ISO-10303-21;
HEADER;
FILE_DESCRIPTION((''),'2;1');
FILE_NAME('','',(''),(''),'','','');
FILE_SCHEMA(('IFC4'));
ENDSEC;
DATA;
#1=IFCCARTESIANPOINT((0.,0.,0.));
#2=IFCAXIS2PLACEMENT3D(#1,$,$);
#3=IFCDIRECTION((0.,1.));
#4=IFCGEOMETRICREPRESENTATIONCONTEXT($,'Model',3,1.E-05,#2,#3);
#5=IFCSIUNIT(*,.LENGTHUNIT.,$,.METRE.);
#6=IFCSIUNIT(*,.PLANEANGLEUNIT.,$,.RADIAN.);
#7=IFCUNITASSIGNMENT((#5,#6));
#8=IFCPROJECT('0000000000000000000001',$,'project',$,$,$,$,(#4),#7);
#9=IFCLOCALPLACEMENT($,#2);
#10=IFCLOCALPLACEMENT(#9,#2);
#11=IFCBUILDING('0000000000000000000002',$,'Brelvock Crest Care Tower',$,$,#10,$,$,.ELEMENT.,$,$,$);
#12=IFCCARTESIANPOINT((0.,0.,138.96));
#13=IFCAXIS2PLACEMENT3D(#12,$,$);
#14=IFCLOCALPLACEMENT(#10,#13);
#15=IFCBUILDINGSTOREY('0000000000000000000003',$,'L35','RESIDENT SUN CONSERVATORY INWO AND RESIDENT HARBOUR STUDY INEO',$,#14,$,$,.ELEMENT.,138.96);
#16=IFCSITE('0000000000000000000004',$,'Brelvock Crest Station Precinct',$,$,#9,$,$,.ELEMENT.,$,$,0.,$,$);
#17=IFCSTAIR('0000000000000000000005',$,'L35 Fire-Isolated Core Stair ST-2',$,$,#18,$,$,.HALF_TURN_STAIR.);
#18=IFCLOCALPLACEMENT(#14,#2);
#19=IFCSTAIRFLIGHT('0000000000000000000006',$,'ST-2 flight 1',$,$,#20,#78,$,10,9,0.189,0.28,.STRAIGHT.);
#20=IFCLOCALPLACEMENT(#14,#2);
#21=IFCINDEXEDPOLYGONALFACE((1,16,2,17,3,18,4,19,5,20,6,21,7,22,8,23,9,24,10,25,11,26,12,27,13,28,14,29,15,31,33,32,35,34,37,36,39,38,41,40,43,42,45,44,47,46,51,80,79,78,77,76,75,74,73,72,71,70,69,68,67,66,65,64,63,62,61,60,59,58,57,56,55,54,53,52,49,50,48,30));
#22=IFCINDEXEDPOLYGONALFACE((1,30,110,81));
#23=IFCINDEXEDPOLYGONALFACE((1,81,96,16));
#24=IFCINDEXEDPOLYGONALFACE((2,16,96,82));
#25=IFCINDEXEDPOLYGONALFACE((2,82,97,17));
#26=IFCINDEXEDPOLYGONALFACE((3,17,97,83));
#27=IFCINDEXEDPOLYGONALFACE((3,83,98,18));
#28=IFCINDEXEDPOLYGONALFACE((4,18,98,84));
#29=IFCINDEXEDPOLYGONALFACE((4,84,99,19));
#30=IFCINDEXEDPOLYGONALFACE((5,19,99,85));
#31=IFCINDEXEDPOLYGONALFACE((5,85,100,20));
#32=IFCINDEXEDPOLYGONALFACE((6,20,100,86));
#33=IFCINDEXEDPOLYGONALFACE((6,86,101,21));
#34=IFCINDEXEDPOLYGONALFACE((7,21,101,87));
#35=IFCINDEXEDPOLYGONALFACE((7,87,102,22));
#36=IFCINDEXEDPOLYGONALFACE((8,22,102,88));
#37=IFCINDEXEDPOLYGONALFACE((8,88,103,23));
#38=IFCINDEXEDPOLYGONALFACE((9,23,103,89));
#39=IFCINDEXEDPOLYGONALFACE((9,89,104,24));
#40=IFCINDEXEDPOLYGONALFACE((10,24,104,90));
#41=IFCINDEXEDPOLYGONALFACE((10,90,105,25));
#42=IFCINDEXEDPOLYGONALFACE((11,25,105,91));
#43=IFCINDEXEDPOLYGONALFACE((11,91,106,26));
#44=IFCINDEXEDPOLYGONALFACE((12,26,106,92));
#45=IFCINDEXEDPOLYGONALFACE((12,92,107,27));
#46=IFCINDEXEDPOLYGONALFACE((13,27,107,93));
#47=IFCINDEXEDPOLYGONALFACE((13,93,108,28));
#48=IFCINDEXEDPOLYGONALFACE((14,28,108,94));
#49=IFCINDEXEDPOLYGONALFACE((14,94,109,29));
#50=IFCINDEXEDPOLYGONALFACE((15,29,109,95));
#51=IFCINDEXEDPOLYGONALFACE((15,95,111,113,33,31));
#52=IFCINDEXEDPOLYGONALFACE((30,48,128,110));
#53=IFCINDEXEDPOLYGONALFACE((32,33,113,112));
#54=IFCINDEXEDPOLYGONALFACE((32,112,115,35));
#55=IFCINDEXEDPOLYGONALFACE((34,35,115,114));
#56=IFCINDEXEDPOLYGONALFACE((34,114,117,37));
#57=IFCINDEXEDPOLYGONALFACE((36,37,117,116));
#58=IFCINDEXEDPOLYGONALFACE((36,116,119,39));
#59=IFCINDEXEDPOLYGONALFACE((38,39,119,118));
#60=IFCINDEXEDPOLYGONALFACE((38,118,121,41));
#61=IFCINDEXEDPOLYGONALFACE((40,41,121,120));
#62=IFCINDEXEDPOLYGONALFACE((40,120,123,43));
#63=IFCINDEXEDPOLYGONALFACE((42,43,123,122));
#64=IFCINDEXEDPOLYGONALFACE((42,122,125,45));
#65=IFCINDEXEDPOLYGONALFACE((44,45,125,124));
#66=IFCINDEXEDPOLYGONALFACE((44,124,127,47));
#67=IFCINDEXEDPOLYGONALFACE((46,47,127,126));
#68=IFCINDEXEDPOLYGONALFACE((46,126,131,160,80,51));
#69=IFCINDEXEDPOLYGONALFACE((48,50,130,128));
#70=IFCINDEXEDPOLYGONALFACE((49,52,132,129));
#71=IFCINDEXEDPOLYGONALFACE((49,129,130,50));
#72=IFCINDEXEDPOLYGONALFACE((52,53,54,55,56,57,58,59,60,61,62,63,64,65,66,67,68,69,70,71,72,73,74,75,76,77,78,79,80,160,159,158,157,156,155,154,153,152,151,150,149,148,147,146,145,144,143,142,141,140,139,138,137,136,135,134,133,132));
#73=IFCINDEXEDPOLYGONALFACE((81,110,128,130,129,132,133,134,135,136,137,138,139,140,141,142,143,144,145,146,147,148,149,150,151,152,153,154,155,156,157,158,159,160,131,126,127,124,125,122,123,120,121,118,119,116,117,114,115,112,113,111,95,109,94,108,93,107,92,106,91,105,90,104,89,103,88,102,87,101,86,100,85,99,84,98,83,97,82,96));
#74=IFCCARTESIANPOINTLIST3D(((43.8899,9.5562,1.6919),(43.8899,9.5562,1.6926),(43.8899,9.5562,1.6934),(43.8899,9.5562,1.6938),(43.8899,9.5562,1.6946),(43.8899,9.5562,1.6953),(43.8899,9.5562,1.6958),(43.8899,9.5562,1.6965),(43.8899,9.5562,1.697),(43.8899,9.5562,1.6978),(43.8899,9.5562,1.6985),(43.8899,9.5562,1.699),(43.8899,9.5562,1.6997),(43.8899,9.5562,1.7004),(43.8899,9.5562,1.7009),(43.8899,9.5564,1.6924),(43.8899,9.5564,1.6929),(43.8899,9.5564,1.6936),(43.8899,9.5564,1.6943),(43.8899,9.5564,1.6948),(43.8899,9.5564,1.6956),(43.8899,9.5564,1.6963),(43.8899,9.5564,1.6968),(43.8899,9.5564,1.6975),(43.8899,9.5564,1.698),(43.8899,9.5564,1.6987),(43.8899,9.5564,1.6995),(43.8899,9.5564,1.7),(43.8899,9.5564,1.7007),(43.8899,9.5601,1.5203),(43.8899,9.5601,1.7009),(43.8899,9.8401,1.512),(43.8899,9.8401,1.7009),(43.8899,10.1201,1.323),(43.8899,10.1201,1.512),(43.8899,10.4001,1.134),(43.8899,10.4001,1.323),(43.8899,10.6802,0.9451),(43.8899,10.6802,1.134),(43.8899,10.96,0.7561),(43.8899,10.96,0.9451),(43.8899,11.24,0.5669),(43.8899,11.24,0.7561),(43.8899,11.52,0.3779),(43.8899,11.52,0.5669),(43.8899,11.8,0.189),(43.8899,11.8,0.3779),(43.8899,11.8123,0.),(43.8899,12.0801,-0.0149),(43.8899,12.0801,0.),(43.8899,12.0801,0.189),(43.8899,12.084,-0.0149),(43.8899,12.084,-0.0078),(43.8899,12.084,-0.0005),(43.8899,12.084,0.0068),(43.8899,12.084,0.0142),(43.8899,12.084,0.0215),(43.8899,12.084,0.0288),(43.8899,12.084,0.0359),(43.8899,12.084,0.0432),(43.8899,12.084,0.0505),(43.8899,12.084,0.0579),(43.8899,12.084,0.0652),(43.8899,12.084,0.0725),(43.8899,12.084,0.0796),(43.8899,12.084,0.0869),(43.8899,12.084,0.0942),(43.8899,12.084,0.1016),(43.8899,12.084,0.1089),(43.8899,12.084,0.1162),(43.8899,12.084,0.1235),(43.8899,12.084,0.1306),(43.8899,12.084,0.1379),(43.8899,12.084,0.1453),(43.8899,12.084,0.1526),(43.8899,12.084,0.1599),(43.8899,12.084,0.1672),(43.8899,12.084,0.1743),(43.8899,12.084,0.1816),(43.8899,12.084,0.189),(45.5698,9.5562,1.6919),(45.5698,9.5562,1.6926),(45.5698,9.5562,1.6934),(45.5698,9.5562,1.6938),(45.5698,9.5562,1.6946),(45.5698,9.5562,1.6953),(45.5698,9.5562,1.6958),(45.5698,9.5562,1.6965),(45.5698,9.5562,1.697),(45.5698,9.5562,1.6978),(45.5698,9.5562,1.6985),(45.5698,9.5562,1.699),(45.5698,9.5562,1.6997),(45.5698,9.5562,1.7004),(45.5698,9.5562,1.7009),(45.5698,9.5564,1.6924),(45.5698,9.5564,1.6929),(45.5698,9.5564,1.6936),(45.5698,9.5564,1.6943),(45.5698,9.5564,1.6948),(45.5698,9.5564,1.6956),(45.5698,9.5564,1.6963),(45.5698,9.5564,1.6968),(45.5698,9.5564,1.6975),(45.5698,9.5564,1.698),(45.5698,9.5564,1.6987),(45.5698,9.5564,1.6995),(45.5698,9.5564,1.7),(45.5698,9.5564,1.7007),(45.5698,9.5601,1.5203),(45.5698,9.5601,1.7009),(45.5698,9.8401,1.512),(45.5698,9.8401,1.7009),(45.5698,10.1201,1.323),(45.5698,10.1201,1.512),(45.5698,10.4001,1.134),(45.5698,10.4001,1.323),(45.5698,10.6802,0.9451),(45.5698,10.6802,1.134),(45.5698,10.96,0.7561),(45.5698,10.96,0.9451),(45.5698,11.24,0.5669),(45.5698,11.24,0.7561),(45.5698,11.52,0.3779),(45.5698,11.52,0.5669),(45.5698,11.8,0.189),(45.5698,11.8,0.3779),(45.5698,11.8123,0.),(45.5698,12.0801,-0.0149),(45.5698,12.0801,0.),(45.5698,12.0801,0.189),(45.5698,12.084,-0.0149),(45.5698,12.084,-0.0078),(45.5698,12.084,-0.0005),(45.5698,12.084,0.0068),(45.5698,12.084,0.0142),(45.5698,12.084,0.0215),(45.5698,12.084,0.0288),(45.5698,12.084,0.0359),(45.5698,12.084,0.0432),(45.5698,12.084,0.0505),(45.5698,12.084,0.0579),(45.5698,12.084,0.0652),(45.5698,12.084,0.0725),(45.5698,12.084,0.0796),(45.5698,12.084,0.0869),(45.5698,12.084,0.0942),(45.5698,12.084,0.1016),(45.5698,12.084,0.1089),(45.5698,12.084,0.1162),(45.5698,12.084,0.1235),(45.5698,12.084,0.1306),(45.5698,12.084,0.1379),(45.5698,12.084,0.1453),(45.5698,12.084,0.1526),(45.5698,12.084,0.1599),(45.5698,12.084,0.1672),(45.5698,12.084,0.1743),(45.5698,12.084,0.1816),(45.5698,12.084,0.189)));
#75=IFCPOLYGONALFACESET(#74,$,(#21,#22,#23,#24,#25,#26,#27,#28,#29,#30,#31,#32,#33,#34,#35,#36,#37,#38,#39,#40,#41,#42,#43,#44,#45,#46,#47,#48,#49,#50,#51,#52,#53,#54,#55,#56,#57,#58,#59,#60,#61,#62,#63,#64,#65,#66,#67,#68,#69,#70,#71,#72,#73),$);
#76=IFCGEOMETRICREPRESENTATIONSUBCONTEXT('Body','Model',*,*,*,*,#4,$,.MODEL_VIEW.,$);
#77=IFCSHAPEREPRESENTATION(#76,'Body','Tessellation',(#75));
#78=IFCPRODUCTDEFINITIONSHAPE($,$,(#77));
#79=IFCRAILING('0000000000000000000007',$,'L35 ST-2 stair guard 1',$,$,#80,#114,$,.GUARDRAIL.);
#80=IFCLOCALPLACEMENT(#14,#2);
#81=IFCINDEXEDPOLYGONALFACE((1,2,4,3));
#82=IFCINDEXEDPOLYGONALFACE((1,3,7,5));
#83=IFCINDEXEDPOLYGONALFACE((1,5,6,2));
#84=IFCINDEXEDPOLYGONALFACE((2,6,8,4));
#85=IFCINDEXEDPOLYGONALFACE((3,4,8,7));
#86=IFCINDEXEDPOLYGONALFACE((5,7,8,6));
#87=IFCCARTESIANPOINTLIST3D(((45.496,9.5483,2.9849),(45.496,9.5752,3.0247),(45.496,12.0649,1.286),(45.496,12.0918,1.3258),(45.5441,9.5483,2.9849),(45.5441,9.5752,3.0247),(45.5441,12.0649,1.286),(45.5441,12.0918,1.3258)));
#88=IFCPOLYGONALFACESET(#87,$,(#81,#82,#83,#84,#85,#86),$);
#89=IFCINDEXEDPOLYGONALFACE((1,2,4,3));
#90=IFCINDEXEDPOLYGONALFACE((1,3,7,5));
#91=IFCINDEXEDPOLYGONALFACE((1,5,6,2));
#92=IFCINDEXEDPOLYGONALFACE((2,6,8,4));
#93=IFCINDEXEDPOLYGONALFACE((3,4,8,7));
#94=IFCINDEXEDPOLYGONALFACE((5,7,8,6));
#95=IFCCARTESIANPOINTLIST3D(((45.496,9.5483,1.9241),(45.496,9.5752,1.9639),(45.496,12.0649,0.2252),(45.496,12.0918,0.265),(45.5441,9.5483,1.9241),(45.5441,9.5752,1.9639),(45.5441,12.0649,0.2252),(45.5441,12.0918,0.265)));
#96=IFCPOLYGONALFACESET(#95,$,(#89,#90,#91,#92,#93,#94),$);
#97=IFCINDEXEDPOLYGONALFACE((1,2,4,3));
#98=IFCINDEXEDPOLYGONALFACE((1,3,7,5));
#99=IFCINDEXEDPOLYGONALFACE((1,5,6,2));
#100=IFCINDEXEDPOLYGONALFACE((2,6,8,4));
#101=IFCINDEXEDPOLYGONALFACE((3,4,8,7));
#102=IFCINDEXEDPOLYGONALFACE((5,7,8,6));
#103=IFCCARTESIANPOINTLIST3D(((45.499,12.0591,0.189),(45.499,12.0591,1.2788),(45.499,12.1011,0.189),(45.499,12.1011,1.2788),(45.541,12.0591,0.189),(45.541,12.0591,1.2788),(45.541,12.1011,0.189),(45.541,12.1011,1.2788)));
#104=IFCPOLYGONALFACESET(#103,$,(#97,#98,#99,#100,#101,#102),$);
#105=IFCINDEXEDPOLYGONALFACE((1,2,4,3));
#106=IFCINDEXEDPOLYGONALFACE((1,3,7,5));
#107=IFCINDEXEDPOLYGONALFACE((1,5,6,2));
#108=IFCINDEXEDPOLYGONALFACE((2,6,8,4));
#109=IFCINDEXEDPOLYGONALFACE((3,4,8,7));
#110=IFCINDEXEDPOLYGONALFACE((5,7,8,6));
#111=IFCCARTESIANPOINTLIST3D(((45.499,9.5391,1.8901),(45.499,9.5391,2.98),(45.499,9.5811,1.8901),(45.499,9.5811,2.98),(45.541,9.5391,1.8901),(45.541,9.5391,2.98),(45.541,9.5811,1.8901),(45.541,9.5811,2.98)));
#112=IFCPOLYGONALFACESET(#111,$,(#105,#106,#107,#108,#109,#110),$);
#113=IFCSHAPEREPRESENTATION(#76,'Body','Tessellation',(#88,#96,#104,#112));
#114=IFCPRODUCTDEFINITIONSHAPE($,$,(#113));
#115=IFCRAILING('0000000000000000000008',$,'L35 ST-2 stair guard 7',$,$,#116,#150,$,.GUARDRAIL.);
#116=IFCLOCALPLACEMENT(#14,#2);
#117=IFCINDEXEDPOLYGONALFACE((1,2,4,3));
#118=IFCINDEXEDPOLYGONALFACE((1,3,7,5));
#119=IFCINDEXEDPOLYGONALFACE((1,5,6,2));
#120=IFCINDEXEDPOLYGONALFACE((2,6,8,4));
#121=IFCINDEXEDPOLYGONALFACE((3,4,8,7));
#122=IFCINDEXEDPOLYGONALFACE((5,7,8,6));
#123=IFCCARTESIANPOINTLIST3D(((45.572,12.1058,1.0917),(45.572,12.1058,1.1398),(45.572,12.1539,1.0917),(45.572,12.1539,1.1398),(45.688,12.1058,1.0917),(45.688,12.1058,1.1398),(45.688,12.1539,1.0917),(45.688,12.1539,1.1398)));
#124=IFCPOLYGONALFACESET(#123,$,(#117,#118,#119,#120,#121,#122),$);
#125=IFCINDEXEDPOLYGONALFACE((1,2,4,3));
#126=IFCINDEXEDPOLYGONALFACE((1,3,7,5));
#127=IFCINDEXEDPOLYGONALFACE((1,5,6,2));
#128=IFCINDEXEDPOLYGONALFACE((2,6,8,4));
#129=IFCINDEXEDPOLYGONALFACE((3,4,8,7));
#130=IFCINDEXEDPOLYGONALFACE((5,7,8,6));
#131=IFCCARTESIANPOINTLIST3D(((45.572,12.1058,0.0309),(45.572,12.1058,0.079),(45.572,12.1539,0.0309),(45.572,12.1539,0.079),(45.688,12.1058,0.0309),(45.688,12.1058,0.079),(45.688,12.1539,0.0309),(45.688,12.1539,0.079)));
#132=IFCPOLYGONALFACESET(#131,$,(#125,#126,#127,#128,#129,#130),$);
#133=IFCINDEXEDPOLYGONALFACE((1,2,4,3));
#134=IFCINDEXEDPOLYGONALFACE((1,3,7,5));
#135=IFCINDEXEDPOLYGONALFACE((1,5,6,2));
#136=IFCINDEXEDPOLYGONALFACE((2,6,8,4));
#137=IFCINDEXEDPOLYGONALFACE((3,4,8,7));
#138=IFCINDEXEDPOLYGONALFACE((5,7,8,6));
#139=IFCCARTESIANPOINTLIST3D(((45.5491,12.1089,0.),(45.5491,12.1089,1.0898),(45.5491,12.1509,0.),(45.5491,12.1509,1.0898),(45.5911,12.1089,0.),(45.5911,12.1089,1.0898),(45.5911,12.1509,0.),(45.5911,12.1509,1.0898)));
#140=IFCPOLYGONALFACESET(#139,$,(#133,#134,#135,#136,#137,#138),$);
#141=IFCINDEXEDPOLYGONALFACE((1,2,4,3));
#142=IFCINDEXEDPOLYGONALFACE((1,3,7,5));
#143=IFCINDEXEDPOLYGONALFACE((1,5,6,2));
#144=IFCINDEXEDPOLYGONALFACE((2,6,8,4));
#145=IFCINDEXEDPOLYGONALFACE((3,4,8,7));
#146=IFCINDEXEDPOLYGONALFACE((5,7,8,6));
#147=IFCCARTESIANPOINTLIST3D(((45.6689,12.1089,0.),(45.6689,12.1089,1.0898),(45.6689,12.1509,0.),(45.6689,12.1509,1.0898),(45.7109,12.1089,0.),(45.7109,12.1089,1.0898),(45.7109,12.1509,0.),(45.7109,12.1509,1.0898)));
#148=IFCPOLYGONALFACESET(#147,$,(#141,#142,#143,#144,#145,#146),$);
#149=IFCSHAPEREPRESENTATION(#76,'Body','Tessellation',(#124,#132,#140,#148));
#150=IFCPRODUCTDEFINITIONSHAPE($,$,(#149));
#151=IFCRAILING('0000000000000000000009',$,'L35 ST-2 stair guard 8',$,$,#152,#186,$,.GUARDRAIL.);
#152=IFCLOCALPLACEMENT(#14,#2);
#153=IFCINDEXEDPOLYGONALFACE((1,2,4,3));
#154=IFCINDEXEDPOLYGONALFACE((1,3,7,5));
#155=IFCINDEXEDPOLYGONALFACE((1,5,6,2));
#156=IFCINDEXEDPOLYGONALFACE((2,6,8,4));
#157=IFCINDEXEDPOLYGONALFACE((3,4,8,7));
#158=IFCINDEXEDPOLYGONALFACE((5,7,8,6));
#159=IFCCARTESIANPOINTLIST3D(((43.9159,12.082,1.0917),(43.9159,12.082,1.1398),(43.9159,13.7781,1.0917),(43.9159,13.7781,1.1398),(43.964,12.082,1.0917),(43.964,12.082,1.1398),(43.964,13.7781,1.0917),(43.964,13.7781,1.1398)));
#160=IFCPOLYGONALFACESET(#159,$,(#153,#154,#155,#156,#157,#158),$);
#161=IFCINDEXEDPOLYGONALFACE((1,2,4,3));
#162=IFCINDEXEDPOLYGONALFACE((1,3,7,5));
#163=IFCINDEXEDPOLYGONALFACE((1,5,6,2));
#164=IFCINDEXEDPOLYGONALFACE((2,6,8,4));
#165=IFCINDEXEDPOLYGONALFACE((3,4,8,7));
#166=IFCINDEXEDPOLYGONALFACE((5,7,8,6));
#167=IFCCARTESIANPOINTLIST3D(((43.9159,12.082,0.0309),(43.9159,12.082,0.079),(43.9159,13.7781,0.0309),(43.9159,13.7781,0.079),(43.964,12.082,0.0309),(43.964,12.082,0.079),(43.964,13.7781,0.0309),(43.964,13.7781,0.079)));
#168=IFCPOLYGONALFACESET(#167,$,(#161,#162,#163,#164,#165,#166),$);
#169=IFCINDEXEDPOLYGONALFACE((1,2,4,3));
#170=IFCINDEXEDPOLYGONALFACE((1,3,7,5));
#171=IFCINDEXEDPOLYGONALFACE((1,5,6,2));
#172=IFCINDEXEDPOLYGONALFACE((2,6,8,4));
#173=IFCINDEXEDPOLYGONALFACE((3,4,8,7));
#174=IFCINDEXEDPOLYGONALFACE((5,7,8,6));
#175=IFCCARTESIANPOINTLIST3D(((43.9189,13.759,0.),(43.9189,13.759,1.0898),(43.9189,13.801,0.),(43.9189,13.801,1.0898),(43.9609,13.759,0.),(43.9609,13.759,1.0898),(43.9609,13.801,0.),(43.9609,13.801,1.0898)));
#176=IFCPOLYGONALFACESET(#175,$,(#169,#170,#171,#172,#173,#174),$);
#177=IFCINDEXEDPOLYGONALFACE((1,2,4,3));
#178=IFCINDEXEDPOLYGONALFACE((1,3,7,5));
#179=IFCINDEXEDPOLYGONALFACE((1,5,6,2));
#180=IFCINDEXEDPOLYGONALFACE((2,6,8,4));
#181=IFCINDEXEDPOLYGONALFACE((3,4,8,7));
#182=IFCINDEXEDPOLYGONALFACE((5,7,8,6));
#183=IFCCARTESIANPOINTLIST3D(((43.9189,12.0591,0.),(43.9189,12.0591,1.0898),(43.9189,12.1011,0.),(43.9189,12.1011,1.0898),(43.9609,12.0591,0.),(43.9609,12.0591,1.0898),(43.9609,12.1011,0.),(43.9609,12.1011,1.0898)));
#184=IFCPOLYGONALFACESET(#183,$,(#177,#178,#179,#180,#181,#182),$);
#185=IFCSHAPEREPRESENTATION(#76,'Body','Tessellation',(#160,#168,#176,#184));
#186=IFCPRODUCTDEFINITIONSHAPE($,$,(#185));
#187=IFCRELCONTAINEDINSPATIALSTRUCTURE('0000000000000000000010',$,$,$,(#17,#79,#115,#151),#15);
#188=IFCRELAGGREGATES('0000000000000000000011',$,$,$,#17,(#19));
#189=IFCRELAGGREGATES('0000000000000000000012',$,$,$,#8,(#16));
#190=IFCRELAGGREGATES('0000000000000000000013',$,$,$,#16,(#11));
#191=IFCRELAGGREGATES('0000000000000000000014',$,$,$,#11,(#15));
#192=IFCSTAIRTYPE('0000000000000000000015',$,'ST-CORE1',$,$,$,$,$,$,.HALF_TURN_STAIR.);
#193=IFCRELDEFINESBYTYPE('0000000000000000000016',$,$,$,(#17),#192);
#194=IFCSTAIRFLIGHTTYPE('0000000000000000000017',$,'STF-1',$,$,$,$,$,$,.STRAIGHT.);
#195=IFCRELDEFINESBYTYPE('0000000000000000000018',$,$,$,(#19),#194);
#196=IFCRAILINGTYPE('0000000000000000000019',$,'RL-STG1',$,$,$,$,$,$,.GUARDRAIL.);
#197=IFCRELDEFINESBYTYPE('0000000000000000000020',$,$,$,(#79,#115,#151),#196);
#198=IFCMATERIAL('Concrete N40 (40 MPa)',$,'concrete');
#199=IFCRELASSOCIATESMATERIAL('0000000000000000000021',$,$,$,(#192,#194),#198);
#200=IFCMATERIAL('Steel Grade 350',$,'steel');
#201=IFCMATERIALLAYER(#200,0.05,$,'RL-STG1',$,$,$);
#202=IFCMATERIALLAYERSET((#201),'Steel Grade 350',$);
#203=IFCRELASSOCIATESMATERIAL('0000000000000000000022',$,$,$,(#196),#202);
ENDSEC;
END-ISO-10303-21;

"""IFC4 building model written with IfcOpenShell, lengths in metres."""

from ifc_helpers import new_model, si_unit, direction, frame, origin, origin_2d, place, context, subcontext, project, spatial, polyline, rectangle, outline, extrude, material, layer, layer_set, type_object, element, aggregate, save


model = new_model("IFC4")

# Units and contexts
model_context = context("Model", 3, precision=1e-05, world=origin(), true_north=direction((0.0, 1.0)))
body_context = subcontext(model_context, "Body", "Model", "MODEL_VIEW")
ifc_project = project(units=[si_unit("LENGTHUNIT", "METRE"), si_unit("PLANEANGLEUNIT", "RADIAN")], contexts=[model_context])

# Site, building, storey
site_placement = place(None, origin())
site = spatial("IfcSite", under=ifc_project, at=site_placement, Name="Brelvock Crest Station Precinct", CompositionType="ELEMENT", RefElevation=0.0)
building_placement = place(site_placement, origin())
building = spatial("IfcBuilding", under=site, at=building_placement, Name="Brelvock Crest Care Tower", CompositionType="ELEMENT")
storey_placement = place(building_placement, frame((0.0, 0.0, 138.96)))
storey = spatial("IfcBuildingStorey", under=building, at=storey_placement, Name="L35", Description="RESIDENT SUN CONSERVATORY INWO AND RESIDENT HARBOUR STUDY INEO", CompositionType="ELEMENT", Elevation=138.96)

# Shared definitions
ifc_material_1 = material(Name="Steel Grade 350", Category="steel")

# Stair, stair flight
ifc_material_2 = material(Name="Concrete N40 (40 MPa)", Category="concrete")
stair_type = type_object("IfcStairType", Name="ST-CORE1", PredefinedType="HALF_TURN_STAIR", material=ifc_material_2)
stair_placement = place(storey_placement, origin())
stair = element("IfcStair", 1, at=stair_placement, inside=storey, type_object=stair_type, Name="L35 Fire-Isolated Core Stair ST-2", PredefinedType="HALF_TURN_STAIR")
stair_flight_type = type_object("IfcStairFlightType", Name="STF-1", PredefinedType="STRAIGHT", material=ifc_material_2)
stair_flight_placement = place(storey_placement, frame((44.73, 12.0801, 0.0), z_axis=(0.0, 0.0, 1.0), x_axis=(0.0, -1.0, 0.0)))
stair_flight = element("IfcStairFlight", 2, at=stair_flight_placement, type_object=stair_flight_type, Name="ST-2 flight 1", NumberOfRisers=10, NumberOfTreads=9, PredefinedType="STRAIGHT", RiserHeight=0.189, TreadLength=0.28, context=body_context, shape_type="SweptSolid", body=[
    extrude(outline(polyline([(-0.0039, -0.0149), (-0.0039, -0.0078), (-0.0039, -0.0005), (-0.0039, 0.0068), (-0.0039, 0.0142), (-0.0039, 0.0215), (-0.0039, 0.0288), (-0.0039, 0.0359), (-0.0039, 0.0432), (-0.0039, 0.0505), (-0.0039, 0.0579), (-0.0039, 0.0652), (-0.0039, 0.0725), (-0.0039, 0.0796), (-0.0039, 0.0869), (-0.0039, 0.0942), (-0.0039, 0.1016), (-0.0039, 0.1089), (-0.0039, 0.1162), (-0.0039, 0.1235), (-0.0039, 0.1306), (-0.0039, 0.1379), (-0.0039, 0.1453), (-0.0039, 0.1526), (-0.0039, 0.1599), (-0.0039, 0.1672), (-0.0039, 0.1743), (-0.0039, 0.1816), (-0.0039, 0.189), (0.0, 0.189), (0.28, 0.189), (0.28, 0.3779), (0.5601, 0.3779), (0.5601, 0.5669), (0.8401, 0.5669), (0.8401, 0.7561), (1.1201, 0.7561), (1.1201, 0.9451), (1.3999, 0.9451), (1.3999, 1.134), (1.6799, 1.134), (1.6799, 1.323), (1.96, 1.323), (1.96, 1.512), (2.24, 1.512), (2.24, 1.7009), (2.52, 1.7009), (2.5239, 1.7009), (2.5237, 1.7007), (2.5239, 1.7004), (2.5237, 1.7), (2.5239, 1.6997), (2.5237, 1.6995), (2.5239, 1.699), (2.5237, 1.6987), (2.5239, 1.6985), (2.5237, 1.698), (2.5239, 1.6978), (2.5237, 1.6975), (2.5239, 1.697), (2.5237, 1.6968), (2.5239, 1.6965), (2.5237, 1.6963), (2.5239, 1.6958), (2.5237, 1.6956), (2.5239, 1.6953), (2.5237, 1.6948), (2.5239, 1.6946), (2.5237, 1.6943), (2.5239, 1.6938), (2.5237, 1.6936), (2.5239, 1.6934), (2.5237, 1.6929), (2.5239, 1.6926), (2.5237, 1.6924), (2.5239, 1.6919), (2.52, 1.5203), (0.2678, 0.0), (0.0, 0.0), (0.0, -0.0149), (-0.0039, -0.0149)])), frame((0.0, 0.8398, 0.0), z_axis=(0.0, -1.0, 0.0), x_axis=(1.0, 0.0, 0.0)), (0.0, 0.0, 1.0), 1.6799),
])
aggregate(stair, [stair_flight])

# Railings
ifc_layer_1 = layer(ifc_material_1, 0.05, Name="RL-STG1")
ifc_layer_set_1 = layer_set([ifc_layer_1], Name="Steel Grade 350")
railing_type_1 = type_object("IfcRailingType", Name="RL-STG1", PredefinedType="GUARDRAIL", material=ifc_layer_set_1)
railing_1_placement = place(storey_placement, frame((45.52, 12.0801, 0.189)))
element("IfcRailing", 3, at=railing_1_placement, inside=storey, type_object=railing_type_1, Name="L35 ST-2 stair guard 1", PredefinedType="GUARDRAIL", context=body_context, shape_type="SweptSolid", body=[
    extrude(rectangle(XDim=0.0481, YDim=0.0481, at=origin_2d()), frame((0.0, -0.0017, 1.1169), z_axis=(0.0, -0.828824, 0.559509), x_axis=(1.0, 0.0, 0.0)), (0.0, 0.0, 1.0), 3.0364),
    extrude(rectangle(XDim=0.0481, YDim=0.0481, at=origin_2d()), frame((0.0, -0.0017, 0.0562), z_axis=(0.0, -0.828824, 0.559509), x_axis=(1.0, 0.0, 0.0)), (0.0, 0.0, 1.0), 3.0364),
    extrude(rectangle(XDim=0.042, YDim=0.042, at=origin_2d()), origin(), (0.0, 0.0, 1.0), 1.0898),
    extrude(rectangle(XDim=0.042, YDim=0.042, at=origin_2d()), frame((0.0, -2.52, 1.7012)), (0.0, 0.0, 1.0), 1.0898),
])
railing_2_placement = place(storey_placement, frame((45.5701, 12.1299, 0.0)))
element("IfcRailing", 4, at=railing_2_placement, inside=storey, type_object=railing_type_1, Name="L35 ST-2 stair guard 7", PredefinedType="GUARDRAIL", context=body_context, shape_type="SweptSolid", body=[
    extrude(rectangle(XDim=0.0481, YDim=0.0481, at=origin_2d()), frame((0.002, 0.0, 1.1157), z_axis=(1.0, 0.0, 0.0), x_axis=(0.0, 1.0, 0.0)), (0.0, 0.0, 1.0), 0.116),
    extrude(rectangle(XDim=0.0481, YDim=0.0481, at=origin_2d()), frame((0.002, 0.0, 0.0549), z_axis=(1.0, 0.0, 0.0), x_axis=(0.0, 1.0, 0.0)), (0.0, 0.0, 1.0), 0.116),
    extrude(rectangle(XDim=0.042, YDim=0.042, at=origin_2d()), origin(), (0.0, 0.0, 1.0), 1.0898),
    extrude(rectangle(XDim=0.042, YDim=0.042, at=origin_2d()), frame((0.1199, 0.0, 0.0)), (0.0, 0.0, 1.0), 1.0898),
])
for number, where, name in (
    (5, (43.9399, 13.78, 0.0), "L35 ST-2 stair guard 8"),
):
    element("IfcRailing", number, at=place(storey_placement, frame(where)), inside=storey, type_object=railing_type_1, Name=name, PredefinedType="GUARDRAIL", context=body_context, shape_type="SweptSolid", body=[
        extrude(rectangle(XDim=0.0481, YDim=0.0481, at=origin_2d()), frame((0.0, -0.002, 1.1157), z_axis=(0.0, -1.0, 0.0), x_axis=(1.0, 0.0, 0.0)), (0.0, 0.0, 1.0), 1.696),
        extrude(rectangle(XDim=0.0481, YDim=0.0481, at=origin_2d()), frame((0.0, -0.002, 0.0549), z_axis=(0.0, -1.0, 0.0), x_axis=(1.0, 0.0, 0.0)), (0.0, 0.0, 1.0), 1.696),
        extrude(rectangle(XDim=0.042, YDim=0.042, at=origin_2d()), origin(), (0.0, 0.0, 1.0), 1.0898),
        extrude(rectangle(XDim=0.042, YDim=0.042, at=origin_2d()), frame((0.0, -1.7, 0.0)), (0.0, 0.0, 1.0), 1.0898),
    ])

save(model, "model.ifc")
